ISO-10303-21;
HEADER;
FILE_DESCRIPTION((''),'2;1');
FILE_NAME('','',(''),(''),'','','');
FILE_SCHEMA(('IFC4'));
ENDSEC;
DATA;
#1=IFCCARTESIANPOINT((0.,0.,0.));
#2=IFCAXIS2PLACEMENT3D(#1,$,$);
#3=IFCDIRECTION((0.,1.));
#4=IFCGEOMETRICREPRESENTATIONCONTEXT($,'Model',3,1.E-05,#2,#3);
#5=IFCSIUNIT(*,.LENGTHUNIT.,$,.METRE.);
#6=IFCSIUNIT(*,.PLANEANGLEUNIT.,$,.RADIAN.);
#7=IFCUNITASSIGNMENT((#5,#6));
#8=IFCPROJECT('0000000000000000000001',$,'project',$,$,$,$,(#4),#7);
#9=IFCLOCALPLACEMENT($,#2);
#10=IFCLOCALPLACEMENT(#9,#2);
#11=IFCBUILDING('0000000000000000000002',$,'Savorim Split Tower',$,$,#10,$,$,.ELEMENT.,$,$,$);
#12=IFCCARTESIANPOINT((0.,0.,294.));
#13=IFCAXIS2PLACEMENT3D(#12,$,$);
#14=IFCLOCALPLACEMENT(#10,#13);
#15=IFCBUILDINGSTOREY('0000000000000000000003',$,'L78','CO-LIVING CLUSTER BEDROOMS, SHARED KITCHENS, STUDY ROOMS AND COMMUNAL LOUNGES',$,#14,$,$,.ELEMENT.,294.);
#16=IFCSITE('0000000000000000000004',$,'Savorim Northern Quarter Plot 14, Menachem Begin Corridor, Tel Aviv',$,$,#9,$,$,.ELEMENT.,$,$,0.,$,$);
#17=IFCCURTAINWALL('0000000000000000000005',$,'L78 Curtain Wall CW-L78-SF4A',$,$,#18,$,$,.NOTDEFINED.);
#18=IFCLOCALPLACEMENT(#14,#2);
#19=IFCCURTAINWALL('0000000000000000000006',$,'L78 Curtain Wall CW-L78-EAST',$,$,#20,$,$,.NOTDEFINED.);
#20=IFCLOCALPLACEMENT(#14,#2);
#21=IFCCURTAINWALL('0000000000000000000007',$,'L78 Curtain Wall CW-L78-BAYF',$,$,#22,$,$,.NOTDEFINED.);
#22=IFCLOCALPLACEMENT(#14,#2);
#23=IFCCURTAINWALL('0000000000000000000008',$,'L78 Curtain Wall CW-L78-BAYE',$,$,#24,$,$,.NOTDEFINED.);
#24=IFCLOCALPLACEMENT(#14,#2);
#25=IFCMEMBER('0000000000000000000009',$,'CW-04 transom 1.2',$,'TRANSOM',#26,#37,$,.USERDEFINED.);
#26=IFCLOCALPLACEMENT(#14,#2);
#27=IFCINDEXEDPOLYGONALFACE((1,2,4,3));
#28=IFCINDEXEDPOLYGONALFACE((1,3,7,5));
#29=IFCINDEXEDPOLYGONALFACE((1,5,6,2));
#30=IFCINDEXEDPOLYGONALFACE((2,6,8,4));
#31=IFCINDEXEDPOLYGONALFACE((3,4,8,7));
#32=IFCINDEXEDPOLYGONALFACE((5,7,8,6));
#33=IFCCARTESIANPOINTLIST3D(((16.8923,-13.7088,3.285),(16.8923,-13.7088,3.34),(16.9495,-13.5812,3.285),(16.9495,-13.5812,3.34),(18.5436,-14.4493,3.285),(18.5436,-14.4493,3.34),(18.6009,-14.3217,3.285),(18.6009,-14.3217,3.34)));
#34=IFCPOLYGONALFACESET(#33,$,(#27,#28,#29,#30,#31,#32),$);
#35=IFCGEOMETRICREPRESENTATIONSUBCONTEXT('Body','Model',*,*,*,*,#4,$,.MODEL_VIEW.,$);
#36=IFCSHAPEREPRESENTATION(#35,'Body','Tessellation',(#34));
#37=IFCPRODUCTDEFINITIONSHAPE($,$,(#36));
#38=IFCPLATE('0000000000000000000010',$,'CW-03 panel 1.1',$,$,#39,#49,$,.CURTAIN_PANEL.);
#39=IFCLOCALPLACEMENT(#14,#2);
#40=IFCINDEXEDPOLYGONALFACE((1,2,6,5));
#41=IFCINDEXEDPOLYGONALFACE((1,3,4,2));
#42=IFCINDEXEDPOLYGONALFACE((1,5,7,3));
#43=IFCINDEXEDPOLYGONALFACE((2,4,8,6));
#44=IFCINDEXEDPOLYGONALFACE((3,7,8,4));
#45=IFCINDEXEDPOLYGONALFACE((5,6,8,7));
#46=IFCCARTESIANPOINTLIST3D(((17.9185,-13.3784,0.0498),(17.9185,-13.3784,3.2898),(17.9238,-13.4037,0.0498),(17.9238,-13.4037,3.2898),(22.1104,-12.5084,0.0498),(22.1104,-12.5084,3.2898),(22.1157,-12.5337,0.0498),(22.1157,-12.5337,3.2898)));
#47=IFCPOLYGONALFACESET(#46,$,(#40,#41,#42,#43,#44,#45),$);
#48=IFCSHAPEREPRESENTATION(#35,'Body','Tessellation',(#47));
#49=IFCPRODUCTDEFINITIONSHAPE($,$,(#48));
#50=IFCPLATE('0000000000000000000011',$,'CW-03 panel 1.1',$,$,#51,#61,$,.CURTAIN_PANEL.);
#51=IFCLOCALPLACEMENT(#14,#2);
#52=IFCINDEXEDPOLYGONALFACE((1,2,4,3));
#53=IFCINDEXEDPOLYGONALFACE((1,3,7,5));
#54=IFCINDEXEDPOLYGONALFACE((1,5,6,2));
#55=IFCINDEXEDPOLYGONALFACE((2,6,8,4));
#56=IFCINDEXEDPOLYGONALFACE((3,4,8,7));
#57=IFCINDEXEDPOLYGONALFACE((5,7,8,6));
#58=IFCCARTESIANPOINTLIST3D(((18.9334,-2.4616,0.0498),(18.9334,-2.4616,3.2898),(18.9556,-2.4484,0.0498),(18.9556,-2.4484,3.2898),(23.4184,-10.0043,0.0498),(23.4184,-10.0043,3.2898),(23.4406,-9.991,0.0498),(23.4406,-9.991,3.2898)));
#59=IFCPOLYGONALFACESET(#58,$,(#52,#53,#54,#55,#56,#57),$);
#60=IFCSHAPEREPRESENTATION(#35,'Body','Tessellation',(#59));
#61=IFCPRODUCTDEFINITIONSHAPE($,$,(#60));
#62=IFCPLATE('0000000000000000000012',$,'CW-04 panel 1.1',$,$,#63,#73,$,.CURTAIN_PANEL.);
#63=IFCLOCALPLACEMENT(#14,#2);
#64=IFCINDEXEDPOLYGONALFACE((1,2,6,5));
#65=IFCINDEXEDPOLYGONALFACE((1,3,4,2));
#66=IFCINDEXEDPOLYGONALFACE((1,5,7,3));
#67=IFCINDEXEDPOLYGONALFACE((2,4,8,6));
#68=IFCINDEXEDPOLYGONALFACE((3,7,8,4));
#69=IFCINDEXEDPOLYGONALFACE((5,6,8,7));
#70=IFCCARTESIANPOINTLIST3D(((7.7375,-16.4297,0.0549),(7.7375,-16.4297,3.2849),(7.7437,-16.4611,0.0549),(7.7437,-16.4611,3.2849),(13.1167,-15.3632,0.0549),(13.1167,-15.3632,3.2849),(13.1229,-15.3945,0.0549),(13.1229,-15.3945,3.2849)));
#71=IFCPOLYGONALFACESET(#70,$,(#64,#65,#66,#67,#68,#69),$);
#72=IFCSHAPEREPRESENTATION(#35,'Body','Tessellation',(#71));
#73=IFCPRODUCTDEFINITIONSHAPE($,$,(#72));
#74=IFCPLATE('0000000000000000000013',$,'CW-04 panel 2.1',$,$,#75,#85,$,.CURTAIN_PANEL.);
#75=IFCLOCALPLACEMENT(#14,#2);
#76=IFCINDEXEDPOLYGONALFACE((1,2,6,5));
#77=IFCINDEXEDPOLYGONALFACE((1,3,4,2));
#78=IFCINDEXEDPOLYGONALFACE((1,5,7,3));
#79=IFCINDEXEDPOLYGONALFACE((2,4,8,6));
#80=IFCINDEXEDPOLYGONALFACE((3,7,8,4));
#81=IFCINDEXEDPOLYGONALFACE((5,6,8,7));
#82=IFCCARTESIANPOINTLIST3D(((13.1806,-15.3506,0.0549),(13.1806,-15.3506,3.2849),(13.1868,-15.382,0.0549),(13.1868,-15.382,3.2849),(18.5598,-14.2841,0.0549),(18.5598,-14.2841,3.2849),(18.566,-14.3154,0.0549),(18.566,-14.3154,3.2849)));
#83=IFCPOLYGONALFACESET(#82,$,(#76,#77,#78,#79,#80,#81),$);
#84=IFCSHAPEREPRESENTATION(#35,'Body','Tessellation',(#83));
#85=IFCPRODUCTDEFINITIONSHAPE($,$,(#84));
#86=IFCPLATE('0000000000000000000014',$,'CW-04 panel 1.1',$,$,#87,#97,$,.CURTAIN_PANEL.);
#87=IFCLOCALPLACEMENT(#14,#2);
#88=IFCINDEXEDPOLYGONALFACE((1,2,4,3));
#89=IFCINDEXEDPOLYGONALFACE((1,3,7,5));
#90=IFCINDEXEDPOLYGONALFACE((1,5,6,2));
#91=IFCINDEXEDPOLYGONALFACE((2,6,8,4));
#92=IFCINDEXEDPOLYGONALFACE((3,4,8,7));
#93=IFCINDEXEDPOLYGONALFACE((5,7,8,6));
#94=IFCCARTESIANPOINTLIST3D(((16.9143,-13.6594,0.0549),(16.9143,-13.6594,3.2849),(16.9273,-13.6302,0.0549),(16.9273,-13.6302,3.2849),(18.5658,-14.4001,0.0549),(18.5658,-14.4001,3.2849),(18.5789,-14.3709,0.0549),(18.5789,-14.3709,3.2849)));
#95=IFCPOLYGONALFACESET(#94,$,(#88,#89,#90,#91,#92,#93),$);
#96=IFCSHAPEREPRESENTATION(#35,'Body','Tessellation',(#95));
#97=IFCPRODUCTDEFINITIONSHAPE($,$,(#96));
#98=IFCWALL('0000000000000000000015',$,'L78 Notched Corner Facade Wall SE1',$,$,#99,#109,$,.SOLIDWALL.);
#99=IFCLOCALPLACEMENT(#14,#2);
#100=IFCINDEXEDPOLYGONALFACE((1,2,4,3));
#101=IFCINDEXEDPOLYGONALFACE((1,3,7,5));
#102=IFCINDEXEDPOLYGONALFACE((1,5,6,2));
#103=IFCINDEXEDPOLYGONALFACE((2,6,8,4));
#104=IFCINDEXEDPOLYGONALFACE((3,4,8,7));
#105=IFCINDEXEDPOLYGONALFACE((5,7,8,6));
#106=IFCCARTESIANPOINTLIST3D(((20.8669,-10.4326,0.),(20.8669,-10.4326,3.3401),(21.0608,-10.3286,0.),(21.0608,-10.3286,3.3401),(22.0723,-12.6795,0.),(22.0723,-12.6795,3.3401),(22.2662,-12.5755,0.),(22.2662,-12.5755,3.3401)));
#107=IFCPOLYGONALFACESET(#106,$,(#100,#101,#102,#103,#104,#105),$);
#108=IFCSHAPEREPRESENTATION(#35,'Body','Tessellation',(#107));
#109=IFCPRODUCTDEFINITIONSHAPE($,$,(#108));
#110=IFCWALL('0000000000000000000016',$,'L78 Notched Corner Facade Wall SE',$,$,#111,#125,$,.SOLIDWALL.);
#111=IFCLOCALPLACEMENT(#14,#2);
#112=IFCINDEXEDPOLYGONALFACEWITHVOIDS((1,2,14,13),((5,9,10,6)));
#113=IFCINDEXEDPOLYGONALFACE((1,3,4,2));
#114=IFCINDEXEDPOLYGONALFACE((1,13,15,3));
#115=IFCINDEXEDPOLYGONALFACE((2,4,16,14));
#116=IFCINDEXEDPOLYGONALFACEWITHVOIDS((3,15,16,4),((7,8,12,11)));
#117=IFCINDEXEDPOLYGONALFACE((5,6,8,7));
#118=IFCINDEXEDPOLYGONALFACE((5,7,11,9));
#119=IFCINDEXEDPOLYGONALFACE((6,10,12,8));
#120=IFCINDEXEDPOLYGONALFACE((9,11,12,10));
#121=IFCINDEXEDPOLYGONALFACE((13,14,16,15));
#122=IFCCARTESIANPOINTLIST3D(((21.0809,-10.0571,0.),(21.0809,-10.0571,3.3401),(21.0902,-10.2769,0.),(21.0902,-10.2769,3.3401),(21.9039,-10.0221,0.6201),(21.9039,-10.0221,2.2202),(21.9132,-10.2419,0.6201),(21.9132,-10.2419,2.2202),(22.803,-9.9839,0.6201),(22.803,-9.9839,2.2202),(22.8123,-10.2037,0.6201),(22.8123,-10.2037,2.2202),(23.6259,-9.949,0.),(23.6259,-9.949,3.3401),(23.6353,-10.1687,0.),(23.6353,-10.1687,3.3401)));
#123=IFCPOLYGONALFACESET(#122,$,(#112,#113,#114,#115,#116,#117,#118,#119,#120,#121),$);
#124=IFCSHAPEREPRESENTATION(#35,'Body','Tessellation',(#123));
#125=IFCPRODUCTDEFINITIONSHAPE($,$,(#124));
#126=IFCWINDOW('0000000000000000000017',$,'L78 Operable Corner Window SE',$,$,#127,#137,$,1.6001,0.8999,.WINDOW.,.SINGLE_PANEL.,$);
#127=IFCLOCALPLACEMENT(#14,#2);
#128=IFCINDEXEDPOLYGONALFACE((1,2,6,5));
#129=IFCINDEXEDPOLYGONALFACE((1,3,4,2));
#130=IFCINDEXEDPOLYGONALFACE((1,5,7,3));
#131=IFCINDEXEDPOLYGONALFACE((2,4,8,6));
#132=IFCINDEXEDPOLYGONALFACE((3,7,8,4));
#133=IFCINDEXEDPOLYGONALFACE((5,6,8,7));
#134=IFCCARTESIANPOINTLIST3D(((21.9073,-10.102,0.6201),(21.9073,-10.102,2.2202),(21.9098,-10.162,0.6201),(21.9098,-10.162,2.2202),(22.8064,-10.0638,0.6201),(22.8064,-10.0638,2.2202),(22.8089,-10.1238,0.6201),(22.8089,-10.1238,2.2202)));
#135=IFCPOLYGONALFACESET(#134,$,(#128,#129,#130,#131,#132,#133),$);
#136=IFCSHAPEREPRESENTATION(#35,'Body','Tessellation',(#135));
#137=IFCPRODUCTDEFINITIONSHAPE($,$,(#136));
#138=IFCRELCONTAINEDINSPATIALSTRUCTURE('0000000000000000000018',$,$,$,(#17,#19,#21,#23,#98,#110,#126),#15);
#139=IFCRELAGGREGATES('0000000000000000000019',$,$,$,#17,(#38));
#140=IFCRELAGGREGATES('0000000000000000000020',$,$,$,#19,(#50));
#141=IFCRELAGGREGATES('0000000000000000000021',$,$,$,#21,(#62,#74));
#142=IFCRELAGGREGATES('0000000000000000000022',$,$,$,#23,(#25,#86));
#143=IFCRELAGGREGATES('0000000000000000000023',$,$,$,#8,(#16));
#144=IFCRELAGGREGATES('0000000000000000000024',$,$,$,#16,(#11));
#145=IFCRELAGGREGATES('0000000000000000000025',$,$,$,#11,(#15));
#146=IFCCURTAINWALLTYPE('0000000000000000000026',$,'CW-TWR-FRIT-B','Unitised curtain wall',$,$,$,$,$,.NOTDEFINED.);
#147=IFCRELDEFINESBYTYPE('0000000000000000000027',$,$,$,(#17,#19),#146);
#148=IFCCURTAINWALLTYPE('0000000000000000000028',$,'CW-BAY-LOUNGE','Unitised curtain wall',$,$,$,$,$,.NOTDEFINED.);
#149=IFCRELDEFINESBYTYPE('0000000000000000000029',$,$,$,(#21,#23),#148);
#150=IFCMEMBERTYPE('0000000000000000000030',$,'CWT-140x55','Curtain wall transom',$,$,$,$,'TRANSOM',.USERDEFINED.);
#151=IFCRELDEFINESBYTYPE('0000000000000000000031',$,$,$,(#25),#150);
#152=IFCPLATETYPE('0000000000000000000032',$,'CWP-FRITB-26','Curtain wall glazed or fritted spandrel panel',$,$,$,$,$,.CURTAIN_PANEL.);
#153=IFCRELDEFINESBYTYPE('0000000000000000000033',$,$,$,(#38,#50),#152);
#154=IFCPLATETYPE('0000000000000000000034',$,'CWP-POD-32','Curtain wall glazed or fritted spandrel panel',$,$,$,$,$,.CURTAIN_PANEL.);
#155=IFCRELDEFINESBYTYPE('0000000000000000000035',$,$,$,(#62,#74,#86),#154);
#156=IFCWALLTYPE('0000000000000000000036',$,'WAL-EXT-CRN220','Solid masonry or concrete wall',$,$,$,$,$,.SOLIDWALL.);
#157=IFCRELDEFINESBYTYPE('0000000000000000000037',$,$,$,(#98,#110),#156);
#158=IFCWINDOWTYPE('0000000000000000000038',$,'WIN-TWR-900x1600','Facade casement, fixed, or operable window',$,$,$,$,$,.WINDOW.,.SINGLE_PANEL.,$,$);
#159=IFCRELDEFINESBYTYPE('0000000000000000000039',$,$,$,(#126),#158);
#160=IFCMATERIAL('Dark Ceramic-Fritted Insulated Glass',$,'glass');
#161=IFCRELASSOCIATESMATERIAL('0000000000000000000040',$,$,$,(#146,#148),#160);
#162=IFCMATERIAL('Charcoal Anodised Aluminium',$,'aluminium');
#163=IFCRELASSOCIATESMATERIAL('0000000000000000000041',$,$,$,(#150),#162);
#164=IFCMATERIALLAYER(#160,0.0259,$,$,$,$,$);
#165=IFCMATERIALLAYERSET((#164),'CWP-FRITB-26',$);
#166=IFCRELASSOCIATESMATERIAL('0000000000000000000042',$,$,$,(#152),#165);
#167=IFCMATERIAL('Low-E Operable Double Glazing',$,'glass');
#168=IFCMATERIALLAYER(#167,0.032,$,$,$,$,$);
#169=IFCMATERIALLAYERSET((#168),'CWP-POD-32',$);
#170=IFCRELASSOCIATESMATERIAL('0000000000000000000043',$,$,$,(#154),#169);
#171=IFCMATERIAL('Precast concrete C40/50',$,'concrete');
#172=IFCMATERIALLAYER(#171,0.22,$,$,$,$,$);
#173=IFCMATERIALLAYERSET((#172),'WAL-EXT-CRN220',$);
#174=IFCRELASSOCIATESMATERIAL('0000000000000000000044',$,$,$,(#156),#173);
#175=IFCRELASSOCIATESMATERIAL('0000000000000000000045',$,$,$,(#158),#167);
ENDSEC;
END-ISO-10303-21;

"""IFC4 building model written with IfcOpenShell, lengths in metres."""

from ifc_helpers import new_model, si_unit, direction, frame, frame_2d, origin, origin_2d, place, context, subcontext, project, spatial, rectangle, extrude, material, layer, layer_set, material_profile, profile_set, type_object, element, fill, aggregate, save


model = new_model("IFC4")

# Units and contexts
model_context = context("Model", 3, precision=1e-05, world=origin(), true_north=direction((0.0, 1.0)))
body_context = subcontext(model_context, "Body", "Model", "MODEL_VIEW")
ifc_project = project(units=[si_unit("LENGTHUNIT", "METRE"), si_unit("PLANEANGLEUNIT", "RADIAN")], contexts=[model_context])

# Site, building, storey
site_placement = place(None, origin())
site = spatial("IfcSite", under=ifc_project, at=site_placement, Name="Savorim Northern Quarter Plot 14, Menachem Begin Corridor, Tel Aviv", CompositionType="ELEMENT", RefElevation=0.0)
building_placement = place(site_placement, origin())
building = spatial("IfcBuilding", under=site, at=building_placement, Name="Savorim Split Tower", CompositionType="ELEMENT")
storey_placement = place(building_placement, frame((0.0, 0.0, 294.0)))
storey = spatial("IfcBuildingStorey", under=building, at=storey_placement, Name="L78", Description="CO-LIVING CLUSTER BEDROOMS, SHARED KITCHENS, STUDY ROOMS AND COMMUNAL LOUNGES", CompositionType="ELEMENT", Elevation=294.0)

# Curtain walls
ifc_material_1 = material(Name="Dark Ceramic-Fritted Insulated Glass", Category="glass")
curtain_wall_type_1 = type_object("IfcCurtainWallType", Name="CW-TWR-FRIT-B", Description="Unitised curtain wall", PredefinedType="NOTDEFINED", material=ifc_material_1)
curtain_wall_1_placement = place(storey_placement, origin())
curtain_wall_1 = element("IfcCurtainWall", 1, at=curtain_wall_1_placement, inside=storey, type_object=curtain_wall_type_1, Name="L78 Curtain Wall CW-L78-SF4A", PredefinedType="NOTDEFINED")
ifc_material_2 = material(Name="Charcoal Anodised Aluminium", Category="aluminium")
curtain_wall_2_placement = place(storey_placement, origin())
curtain_wall_2 = element("IfcCurtainWall", 2, at=curtain_wall_2_placement, inside=storey, type_object=curtain_wall_type_1, Name="L78 Curtain Wall CW-L78-EAST", PredefinedType="NOTDEFINED")
curtain_wall_type_2 = type_object("IfcCurtainWallType", Name="CW-BAY-LOUNGE", Description="Unitised curtain wall", PredefinedType="NOTDEFINED", material=ifc_material_1)
curtain_wall_3_placement = place(storey_placement, origin())
curtain_wall_3 = element("IfcCurtainWall", 3, at=curtain_wall_3_placement, inside=storey, type_object=curtain_wall_type_2, Name="L78 Curtain Wall CW-L78-BAYF", PredefinedType="NOTDEFINED")
curtain_wall_4_placement = place(storey_placement, origin())
curtain_wall_4 = element("IfcCurtainWall", 4, at=curtain_wall_4_placement, inside=storey, type_object=curtain_wall_type_2, Name="L78 Curtain Wall CW-L78-BAYE", PredefinedType="NOTDEFINED")

# Member
ifc_material_profile_1 = material_profile(ifc_material_2, rectangle(XDim=0.1399, YDim=0.0549, at=origin_2d()), Name="ALU-T 140x55")
ifc_profile_set_1 = profile_set([ifc_material_profile_1], Name="Charcoal Anodised Aluminium")
member_type_1 = type_object("IfcMemberType", Name="CWT-140x55", Description="Curtain wall transom", ElementType="TRANSOM", PredefinedType="USERDEFINED", material=ifc_profile_set_1)
member_1_placement = place(storey_placement, frame((18.5723, -14.3855, 3.3125), z_axis=(-0.912466, 0.409153, 0.0), x_axis=(-0.409153, -0.912466, 0.0)))
member_1 = element("IfcMember", 5, at=member_1_placement, type_object=member_type_1, Name="CW-04 transom 1.2", ObjectType="TRANSOM", PredefinedType="USERDEFINED", context=body_context, shape_type="SweptSolid", body=[
    extrude(rectangle(XDim=0.1399, YDim=0.0549, at=origin_2d()), origin(), (0.0, 0.0, 1.0), 1.8098),
])

# Plates
ifc_layer_1 = layer(ifc_material_1, 0.0259)
ifc_layer_set_1 = layer_set([ifc_layer_1], Name="CWP-FRITB-26")
plate_type_1 = type_object("IfcPlateType", Name="CWP-FRITB-26", Description="Curtain wall glazed or fritted spandrel panel", PredefinedType="CURTAIN_PANEL", material=ifc_layer_set_1)
plate_1_placement = place(storey_placement, frame((20.0171, -12.9561, 0.0498), z_axis=(0.0, 0.0, 1.0), x_axis=(0.979133, 0.20322, 0.0)))
plate_1 = element("IfcPlate", 6, at=plate_1_placement, type_object=plate_type_1, Name="CW-03 panel 1.1", PredefinedType="CURTAIN_PANEL", context=body_context, shape_type="SweptSolid", body=[
    extrude(rectangle(XDim=4.2812, YDim=0.0259, at=origin_2d()), origin(), (0.0, 0.0, 1.0), 3.24),
])
aggregate(curtain_wall_1, [plate_1])
plate_2_placement = place(storey_placement, frame((21.187, -6.2263, 0.0498), z_axis=(0.0, 0.0, 1.0), x_axis=(-0.511092, 0.859526, 0.0)))
plate_2 = element("IfcPlate", 7, at=plate_2_placement, type_object=plate_type_1, Name="CW-03 panel 1.1", PredefinedType="CURTAIN_PANEL", context=body_context, shape_type="SweptSolid", body=[
    extrude(rectangle(XDim=8.7754, YDim=0.0259, at=origin_2d()), origin(), (0.0, 0.0, 1.0), 3.24),
])
aggregate(curtain_wall_2, [plate_2])
ifc_material_3 = material(Name="Low-E Operable Double Glazing", Category="glass")
ifc_layer_2 = layer(ifc_material_3, 0.032)
ifc_layer_set_2 = layer_set([ifc_layer_2], Name="CWP-POD-32")
plate_type_2 = type_object("IfcPlateType", Name="CWP-POD-32", Description="Curtain wall glazed or fritted spandrel panel", PredefinedType="CURTAIN_PANEL", material=ifc_layer_set_2)
plate_3_placement = place(storey_placement, frame((10.4302, -15.9121, 0.0549), z_axis=(0.0, 0.0, 1.0), x_axis=(0.980906, 0.194484, 0.0)))
plate_3 = element("IfcPlate", 8, at=plate_3_placement, type_object=plate_type_2, Name="CW-04 panel 1.1", PredefinedType="CURTAIN_PANEL", context=body_context, shape_type="SweptSolid", body=[
    extrude(rectangle(XDim=5.4839, YDim=0.032, at=origin_2d()), origin(), (0.0, 0.0, 1.0), 3.23),
])
plate_4_placement = place(storey_placement, frame((15.8733, -14.833, 0.0549), z_axis=(0.0, 0.0, 1.0), x_axis=(0.980906, 0.194484, 0.0)))
plate_4 = element("IfcPlate", 9, at=plate_4_placement, type_object=plate_type_2, Name="CW-04 panel 2.1", PredefinedType="CURTAIN_PANEL", context=body_context, shape_type="SweptSolid", body=[
    extrude(rectangle(XDim=5.4839, YDim=0.032, at=origin_2d()), origin(), (0.0, 0.0, 1.0), 3.23),
])
aggregate(curtain_wall_3, [plate_3, plate_4])
plate_5_placement = place(storey_placement, frame((17.7466, -14.0151, 0.0549), z_axis=(0.0, 0.0, 1.0), x_axis=(-0.912431, 0.409231, 0.0)))
plate_5 = element("IfcPlate", 10, at=plate_5_placement, type_object=plate_type_2, Name="CW-04 panel 1.1", PredefinedType="CURTAIN_PANEL", context=body_context, shape_type="SweptSolid", body=[
    extrude(rectangle(XDim=1.8101, YDim=0.032, at=origin_2d()), origin(), (0.0, 0.0, 1.0), 3.23),
])
aggregate(curtain_wall_4, [member_1, plate_5])

# Wall
ifc_material_4 = material(Name="Precast concrete C40/50", Category="concrete")
ifc_layer_3 = layer(ifc_material_4, 0.22)
ifc_layer_set_3 = layer_set([ifc_layer_3], Name="WAL-EXT-CRN220")
wall_type = type_object("IfcWallType", Name="WAL-EXT-CRN220", Description="Solid masonry or concrete wall", PredefinedType="SOLIDWALL", material=ifc_layer_set_3)
wall_1_placement = place(storey_placement, frame((20.9639, -10.3806, 0.0), z_axis=(0.0, 0.0, 1.0), x_axis=(0.472729, -0.881208, 0.0)))
element("IfcWall", 11, at=wall_1_placement, inside=storey, type_object=wall_type, Name="L78 Notched Corner Facade Wall SE1", PredefinedType="SOLIDWALL", context=body_context, shape_type="SweptSolid", body=[
    extrude(rectangle(XDim=2.5498, YDim=0.22, at=frame_2d((1.2749, 0.0))), origin(), (0.0, 0.0, 1.0), 3.3401),
])

# Wall, opening, window
wall_2_placement = place(storey_placement, frame((23.6306, -10.0588, 0.0), z_axis=(0.0, 0.0, 1.0), x_axis=(-0.999098, -0.042456, 0.0)))
wall_2 = element("IfcWall", 12, at=wall_2_placement, inside=storey, type_object=wall_type, Name="L78 Notched Corner Facade Wall SE", PredefinedType="SOLIDWALL", context=body_context, shape_type="SweptSolid", body=[
    extrude(rectangle(XDim=2.5474, YDim=0.22, at=frame_2d((1.2737, 0.0))), origin(), (0.0, 0.0, 1.0), 3.3401),
])
opening_placement = place(wall_2_placement, frame((0.8237, 0.0, 0.6201)))
opening = element("IfcOpeningElement", 13, at=opening_placement, cuts=wall_2, PredefinedType="OPENING", context=body_context, shape_type="SweptSolid", body=[
    extrude(rectangle(XDim=0.8999, YDim=1.6001, at=frame_2d((0.45, 0.8))), frame((0.0, 0.1199, 0.0), z_axis=(0.0, -1.0, 0.0), x_axis=(1.0, 0.0, 0.0)), (0.0, 0.0, 1.0), 0.24),
])
window_type = type_object("IfcWindowType", Name="WIN-TWR-900x1600", Description="Facade casement, fixed, or operable window", PartitioningType="SINGLE_PANEL", PredefinedType="WINDOW", material=ifc_material_3)
window_placement = place(opening_placement, origin())
window = element("IfcWindow", 14, at=window_placement, inside=storey, type_object=window_type, Name="L78 Operable Corner Window SE", OverallHeight=1.6001, OverallWidth=0.8999, PartitioningType="SINGLE_PANEL", PredefinedType="WINDOW", context=body_context, shape_type="SweptSolid", body=[
    extrude(rectangle(XDim=0.8999, YDim=1.6001, at=frame_2d((0.45, 0.8))), frame((0.0, 0.03, 0.0), z_axis=(0.0, -1.0, 0.0), x_axis=(1.0, 0.0, 0.0)), (0.0, 0.0, 1.0), 0.0601),
])
fill(opening, window)

save(model, "model.ifc")
